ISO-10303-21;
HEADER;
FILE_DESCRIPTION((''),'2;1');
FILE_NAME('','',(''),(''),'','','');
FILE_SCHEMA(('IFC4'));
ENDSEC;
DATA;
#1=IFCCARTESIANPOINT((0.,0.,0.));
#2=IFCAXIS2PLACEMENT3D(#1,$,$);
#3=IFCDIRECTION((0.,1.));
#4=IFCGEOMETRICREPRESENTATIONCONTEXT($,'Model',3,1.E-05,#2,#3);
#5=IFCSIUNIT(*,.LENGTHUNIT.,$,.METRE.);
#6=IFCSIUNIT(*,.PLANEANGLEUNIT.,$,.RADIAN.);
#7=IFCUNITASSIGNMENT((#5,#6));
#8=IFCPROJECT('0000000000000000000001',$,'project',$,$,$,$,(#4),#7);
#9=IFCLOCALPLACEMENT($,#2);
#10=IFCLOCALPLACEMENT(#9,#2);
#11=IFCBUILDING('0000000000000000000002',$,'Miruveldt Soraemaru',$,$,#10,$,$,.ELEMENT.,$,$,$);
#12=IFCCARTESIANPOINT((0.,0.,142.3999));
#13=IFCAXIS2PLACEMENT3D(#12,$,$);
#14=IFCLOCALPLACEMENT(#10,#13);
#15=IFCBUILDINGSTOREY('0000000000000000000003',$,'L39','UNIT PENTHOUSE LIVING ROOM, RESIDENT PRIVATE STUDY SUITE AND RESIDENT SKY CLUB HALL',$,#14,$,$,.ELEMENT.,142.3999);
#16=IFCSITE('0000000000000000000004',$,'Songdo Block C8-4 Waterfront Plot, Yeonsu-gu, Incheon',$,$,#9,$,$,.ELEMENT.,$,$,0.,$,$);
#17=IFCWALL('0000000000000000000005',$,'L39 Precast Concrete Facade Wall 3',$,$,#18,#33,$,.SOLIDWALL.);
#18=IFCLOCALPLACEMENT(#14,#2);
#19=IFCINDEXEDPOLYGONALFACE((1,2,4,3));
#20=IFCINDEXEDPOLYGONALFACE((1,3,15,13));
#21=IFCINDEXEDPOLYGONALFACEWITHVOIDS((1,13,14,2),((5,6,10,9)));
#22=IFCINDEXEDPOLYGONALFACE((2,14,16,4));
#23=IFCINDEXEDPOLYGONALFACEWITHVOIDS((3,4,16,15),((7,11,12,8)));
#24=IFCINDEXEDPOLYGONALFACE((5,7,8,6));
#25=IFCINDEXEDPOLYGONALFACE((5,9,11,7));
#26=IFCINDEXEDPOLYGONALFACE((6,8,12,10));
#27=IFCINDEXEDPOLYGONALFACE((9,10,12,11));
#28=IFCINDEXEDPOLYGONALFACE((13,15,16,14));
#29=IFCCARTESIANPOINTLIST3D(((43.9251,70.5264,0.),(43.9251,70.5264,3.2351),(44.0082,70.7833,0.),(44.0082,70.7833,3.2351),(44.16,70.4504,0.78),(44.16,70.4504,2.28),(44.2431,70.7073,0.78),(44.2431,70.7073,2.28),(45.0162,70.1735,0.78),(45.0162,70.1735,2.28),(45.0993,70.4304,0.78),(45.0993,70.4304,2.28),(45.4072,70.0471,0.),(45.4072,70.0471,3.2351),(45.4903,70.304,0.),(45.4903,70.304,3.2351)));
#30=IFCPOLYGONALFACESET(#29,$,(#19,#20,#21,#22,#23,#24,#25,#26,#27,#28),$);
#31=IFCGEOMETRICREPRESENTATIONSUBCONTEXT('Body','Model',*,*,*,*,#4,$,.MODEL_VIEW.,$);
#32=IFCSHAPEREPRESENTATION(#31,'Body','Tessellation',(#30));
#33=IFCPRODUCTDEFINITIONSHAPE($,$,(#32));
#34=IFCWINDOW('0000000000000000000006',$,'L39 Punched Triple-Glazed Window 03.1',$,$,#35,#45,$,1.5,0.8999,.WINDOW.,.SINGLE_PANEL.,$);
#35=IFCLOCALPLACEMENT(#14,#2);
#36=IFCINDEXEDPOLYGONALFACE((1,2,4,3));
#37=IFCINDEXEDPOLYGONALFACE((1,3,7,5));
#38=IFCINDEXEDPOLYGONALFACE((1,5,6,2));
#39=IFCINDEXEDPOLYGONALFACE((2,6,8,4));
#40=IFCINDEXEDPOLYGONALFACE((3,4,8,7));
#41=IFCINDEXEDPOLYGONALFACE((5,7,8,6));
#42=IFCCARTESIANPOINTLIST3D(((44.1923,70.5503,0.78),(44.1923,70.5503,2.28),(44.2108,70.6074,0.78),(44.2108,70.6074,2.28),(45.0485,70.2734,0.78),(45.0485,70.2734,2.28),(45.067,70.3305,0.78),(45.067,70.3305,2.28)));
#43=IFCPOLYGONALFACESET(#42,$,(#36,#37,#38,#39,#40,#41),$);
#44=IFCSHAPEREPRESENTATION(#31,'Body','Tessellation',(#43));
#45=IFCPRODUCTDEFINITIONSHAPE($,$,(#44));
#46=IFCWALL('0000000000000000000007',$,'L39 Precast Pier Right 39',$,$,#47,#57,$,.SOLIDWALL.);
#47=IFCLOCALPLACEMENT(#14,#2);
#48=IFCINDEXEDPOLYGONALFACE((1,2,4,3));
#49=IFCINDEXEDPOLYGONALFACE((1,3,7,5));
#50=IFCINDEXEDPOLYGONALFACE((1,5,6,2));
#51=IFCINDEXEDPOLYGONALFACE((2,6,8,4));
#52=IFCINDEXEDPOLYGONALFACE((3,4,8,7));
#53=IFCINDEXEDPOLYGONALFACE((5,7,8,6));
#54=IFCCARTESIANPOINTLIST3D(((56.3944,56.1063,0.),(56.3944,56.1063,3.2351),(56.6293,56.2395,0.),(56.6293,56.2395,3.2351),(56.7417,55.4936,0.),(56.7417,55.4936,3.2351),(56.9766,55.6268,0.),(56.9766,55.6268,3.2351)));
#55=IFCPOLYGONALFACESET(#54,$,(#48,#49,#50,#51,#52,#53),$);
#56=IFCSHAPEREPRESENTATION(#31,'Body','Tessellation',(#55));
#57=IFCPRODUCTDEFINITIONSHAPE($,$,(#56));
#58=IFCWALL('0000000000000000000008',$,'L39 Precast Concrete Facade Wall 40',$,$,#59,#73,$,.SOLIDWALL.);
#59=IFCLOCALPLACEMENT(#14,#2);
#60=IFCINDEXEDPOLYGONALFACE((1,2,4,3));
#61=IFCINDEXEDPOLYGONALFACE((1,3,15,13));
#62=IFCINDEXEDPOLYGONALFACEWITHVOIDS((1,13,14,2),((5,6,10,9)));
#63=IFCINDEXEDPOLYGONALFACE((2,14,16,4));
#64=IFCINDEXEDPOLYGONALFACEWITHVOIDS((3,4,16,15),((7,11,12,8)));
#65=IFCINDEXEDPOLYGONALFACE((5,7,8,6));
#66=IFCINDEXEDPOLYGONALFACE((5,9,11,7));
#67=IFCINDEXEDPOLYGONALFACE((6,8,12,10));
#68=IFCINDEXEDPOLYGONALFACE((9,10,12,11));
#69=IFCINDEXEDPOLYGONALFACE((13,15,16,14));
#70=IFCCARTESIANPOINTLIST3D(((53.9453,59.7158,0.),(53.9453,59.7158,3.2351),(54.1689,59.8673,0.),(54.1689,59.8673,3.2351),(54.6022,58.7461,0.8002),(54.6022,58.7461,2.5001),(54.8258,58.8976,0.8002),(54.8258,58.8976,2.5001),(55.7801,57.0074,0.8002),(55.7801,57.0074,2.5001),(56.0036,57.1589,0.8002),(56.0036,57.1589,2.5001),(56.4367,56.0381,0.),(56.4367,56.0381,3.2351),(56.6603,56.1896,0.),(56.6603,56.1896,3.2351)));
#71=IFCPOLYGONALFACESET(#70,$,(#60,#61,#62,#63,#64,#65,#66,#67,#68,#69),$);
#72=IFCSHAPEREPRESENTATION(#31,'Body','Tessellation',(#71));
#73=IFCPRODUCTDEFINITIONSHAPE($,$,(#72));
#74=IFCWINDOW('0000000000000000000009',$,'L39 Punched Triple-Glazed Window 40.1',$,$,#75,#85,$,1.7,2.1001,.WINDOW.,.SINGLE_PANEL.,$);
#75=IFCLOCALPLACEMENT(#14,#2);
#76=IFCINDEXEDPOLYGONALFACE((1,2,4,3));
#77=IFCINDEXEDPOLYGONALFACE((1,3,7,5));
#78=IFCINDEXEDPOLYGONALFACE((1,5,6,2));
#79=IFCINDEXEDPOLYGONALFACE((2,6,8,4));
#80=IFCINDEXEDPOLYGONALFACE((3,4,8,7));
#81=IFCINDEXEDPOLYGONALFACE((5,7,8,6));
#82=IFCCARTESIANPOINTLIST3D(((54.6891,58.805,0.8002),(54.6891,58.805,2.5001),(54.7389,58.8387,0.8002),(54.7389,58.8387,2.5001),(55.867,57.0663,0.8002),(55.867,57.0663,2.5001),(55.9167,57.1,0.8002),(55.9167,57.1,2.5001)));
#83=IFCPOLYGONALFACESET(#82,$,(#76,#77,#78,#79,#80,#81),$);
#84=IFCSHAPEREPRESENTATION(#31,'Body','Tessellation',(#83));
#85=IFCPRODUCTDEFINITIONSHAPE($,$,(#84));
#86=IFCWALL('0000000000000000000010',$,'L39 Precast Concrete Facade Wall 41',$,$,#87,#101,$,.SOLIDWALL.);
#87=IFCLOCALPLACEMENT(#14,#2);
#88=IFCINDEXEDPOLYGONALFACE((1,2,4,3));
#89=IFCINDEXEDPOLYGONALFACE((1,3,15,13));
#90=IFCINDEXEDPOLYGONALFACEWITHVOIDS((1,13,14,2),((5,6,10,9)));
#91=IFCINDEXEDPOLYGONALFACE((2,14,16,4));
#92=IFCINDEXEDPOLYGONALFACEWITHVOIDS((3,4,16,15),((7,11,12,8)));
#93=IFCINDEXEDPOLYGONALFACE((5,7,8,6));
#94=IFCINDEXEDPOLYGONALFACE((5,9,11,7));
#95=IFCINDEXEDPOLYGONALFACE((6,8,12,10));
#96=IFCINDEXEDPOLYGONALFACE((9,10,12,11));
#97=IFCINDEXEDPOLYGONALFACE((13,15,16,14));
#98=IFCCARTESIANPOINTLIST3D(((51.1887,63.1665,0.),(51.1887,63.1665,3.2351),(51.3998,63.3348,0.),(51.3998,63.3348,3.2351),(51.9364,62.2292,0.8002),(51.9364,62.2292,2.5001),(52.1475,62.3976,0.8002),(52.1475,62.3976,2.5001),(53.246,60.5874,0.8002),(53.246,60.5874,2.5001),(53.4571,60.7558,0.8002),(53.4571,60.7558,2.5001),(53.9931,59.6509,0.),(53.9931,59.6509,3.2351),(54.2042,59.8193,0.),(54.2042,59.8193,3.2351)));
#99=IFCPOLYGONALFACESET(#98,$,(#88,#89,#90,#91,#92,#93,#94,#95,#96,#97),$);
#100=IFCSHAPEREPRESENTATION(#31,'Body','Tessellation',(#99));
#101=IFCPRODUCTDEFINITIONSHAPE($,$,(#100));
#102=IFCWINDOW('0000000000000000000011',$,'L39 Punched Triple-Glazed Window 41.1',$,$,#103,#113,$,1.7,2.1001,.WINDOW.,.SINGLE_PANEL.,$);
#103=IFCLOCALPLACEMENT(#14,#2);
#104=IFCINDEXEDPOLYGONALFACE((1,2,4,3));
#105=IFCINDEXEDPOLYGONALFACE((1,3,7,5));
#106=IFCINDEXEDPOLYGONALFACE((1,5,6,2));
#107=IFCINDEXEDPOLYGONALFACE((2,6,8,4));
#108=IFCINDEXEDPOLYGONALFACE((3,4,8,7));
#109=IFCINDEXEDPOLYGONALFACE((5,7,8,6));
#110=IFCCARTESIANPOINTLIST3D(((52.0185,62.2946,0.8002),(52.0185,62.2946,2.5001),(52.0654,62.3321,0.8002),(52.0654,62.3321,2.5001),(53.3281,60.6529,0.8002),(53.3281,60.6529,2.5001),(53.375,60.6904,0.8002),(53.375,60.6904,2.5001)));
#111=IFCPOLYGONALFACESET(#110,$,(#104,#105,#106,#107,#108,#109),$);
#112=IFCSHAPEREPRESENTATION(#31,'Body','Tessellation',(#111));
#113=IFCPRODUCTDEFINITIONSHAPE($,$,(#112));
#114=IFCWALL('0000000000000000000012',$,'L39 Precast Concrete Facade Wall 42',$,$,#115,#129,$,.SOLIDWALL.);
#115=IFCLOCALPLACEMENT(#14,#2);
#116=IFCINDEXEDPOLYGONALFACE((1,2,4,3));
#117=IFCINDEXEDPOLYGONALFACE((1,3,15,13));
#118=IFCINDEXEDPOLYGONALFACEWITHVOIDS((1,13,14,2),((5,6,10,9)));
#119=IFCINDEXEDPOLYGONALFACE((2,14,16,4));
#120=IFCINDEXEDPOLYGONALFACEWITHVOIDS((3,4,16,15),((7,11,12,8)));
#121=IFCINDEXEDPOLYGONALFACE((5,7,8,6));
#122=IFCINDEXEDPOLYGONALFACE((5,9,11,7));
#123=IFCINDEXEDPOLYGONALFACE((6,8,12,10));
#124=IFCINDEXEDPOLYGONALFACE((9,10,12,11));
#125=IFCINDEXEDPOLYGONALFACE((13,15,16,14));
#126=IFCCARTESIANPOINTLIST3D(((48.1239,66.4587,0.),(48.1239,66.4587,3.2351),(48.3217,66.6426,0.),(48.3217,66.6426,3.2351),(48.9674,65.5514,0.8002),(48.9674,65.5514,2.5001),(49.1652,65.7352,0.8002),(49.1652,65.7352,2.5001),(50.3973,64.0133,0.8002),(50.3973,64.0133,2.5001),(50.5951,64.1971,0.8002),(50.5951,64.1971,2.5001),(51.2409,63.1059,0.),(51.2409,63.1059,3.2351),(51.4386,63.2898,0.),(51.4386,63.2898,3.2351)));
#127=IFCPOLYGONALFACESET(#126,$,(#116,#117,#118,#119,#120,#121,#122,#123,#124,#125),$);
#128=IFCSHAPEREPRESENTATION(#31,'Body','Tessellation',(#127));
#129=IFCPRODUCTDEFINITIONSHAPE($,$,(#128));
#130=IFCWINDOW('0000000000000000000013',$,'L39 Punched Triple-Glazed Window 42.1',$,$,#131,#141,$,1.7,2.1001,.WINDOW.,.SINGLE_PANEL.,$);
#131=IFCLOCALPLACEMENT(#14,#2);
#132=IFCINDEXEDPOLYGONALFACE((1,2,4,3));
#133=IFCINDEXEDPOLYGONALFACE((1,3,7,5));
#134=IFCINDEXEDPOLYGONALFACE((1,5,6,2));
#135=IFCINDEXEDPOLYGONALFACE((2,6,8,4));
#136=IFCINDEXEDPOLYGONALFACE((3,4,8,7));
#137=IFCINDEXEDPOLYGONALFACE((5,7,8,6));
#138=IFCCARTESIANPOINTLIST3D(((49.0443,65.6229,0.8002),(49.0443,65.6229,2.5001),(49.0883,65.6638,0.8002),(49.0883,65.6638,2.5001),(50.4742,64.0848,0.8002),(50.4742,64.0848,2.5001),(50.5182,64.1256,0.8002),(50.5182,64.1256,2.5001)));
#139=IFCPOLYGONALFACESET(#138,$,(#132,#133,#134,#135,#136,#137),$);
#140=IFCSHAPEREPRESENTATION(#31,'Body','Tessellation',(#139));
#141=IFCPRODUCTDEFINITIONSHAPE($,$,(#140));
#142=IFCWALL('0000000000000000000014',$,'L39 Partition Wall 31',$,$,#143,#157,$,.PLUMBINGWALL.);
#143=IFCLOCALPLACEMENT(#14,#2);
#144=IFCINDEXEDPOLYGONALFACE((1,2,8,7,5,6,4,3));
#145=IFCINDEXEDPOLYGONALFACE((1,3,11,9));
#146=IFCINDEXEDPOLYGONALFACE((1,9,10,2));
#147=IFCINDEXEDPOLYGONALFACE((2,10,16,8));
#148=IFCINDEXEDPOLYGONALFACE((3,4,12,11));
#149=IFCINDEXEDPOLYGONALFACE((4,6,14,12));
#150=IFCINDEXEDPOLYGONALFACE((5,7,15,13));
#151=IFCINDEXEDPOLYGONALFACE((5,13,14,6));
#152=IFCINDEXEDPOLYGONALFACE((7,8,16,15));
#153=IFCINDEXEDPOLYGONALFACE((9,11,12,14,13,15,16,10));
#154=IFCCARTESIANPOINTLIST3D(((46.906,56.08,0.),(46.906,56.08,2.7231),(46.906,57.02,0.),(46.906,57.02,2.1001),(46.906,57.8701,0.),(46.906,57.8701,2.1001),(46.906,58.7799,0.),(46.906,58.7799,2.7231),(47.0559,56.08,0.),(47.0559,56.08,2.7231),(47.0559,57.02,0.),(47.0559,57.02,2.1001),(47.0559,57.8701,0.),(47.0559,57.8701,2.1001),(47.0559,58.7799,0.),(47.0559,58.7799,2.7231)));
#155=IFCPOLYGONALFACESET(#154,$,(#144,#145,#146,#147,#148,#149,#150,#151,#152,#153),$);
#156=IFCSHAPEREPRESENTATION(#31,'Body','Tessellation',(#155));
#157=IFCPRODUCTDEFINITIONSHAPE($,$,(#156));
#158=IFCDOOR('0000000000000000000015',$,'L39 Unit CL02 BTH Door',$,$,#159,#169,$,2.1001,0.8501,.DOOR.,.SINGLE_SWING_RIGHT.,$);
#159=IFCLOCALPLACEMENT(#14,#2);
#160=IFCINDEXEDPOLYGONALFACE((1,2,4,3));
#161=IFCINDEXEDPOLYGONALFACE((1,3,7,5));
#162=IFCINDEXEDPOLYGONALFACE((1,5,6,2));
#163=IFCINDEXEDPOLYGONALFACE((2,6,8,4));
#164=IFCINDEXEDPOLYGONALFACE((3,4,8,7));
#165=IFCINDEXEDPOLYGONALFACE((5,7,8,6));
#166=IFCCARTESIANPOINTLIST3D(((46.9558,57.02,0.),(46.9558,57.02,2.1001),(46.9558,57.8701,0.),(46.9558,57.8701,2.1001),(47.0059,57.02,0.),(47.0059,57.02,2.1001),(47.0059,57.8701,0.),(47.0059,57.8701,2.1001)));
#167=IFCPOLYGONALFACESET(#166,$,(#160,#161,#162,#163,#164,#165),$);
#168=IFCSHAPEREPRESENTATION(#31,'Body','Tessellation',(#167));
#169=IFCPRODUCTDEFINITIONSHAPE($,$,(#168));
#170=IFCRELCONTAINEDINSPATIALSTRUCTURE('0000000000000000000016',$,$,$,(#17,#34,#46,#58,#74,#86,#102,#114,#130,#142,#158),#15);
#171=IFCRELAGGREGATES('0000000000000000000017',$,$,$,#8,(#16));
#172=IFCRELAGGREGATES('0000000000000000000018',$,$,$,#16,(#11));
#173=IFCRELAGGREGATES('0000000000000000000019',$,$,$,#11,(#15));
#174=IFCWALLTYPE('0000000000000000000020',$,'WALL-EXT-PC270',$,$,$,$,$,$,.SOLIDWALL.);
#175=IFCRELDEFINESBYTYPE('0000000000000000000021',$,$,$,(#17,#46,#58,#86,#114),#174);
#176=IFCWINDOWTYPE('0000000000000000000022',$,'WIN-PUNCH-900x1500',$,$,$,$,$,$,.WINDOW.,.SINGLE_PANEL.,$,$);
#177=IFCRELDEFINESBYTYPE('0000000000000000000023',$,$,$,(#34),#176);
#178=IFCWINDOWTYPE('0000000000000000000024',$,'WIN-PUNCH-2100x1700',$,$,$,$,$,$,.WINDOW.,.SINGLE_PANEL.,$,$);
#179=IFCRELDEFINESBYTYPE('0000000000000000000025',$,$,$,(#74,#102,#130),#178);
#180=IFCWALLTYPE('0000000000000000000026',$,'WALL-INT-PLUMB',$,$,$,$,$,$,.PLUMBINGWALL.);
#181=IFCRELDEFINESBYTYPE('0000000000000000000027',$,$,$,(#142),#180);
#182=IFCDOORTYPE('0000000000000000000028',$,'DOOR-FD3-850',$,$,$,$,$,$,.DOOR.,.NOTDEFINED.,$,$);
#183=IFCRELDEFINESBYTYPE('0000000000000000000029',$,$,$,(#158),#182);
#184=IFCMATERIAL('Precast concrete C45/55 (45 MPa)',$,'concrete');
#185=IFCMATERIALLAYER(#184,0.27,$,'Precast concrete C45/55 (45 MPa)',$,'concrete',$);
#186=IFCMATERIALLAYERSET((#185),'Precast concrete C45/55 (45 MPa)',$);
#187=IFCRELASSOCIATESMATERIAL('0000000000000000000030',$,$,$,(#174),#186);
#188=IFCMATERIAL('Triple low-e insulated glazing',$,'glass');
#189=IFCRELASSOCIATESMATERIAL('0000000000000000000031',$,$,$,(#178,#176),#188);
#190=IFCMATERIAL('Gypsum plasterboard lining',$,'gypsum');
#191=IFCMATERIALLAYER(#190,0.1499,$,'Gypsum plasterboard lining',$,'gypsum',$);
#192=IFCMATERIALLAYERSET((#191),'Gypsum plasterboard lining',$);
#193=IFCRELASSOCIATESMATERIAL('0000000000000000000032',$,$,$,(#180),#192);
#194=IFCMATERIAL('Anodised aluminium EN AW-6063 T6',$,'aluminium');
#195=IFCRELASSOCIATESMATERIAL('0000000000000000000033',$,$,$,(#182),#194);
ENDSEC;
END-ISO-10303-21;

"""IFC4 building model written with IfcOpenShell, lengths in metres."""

from ifc_helpers import new_model, si_unit, direction, frame, frame_2d, origin, place, context, subcontext, project, spatial, rectangle, extrude, material, layer, layer_set, type_object, element, fill, save


model = new_model("IFC4")

# Units and contexts
model_context = context("Model", 3, precision=1e-05, world=origin(), true_north=direction((0.0, 1.0)))
body_context = subcontext(model_context, "Body", "Model", "MODEL_VIEW")
ifc_project = project(units=[si_unit("LENGTHUNIT", "METRE"), si_unit("PLANEANGLEUNIT", "RADIAN")], contexts=[model_context])

# Site, building, storey
site_placement = place(None, origin())
site = spatial("IfcSite", under=ifc_project, at=site_placement, Name="Songdo Block C8-4 Waterfront Plot, Yeonsu-gu, Incheon", CompositionType="ELEMENT", RefElevation=0.0)
building_placement = place(site_placement, origin())
building = spatial("IfcBuilding", under=site, at=building_placement, Name="Miruveldt Soraemaru", CompositionType="ELEMENT")
storey_placement = place(building_placement, frame((0.0, 0.0, 142.3999)))
storey = spatial("IfcBuildingStorey", under=building, at=storey_placement, Name="L39", Description="UNIT PENTHOUSE LIVING ROOM, RESIDENT PRIVATE STUDY SUITE AND RESIDENT SKY CLUB HALL", CompositionType="ELEMENT", Elevation=142.3999)

# Shared definitions
ifc_material_1 = material(Name="Anodised aluminium EN AW-6063 T6", Category="aluminium")
ifc_material_2 = material(Name="Triple low-e insulated glazing", Category="glass")

# Wall, opening, window
ifc_material_3 = material(Name="Precast concrete C45/55 (45 MPa)", Category="concrete")
ifc_layer_1 = layer(ifc_material_3, 0.27, Name="Precast concrete C45/55 (45 MPa)", Category="concrete")
ifc_layer_set_1 = layer_set([ifc_layer_1], Name="Precast concrete C45/55 (45 MPa)")
wall_type_1 = type_object("IfcWallType", Name="WALL-EXT-PC270", PredefinedType="SOLIDWALL", material=ifc_layer_set_1)
window_type_1 = type_object("IfcWindowType", Name="WIN-PUNCH-2100x1700", PartitioningType="SINGLE_PANEL", PredefinedType="WINDOW", material=ifc_material_2)
window_type_2 = type_object("IfcWindowType", Name="WIN-PUNCH-900x1500", PartitioningType="SINGLE_PANEL", PredefinedType="WINDOW", material=ifc_material_2)
wall_1_placement = place(storey_placement, frame((45.4487, 70.1755, 0.0), z_axis=(0.0, 0.0, 1.0), x_axis=(-0.951482, 0.307703, 0.0)))
wall_1 = element("IfcWall", 1, at=wall_1_placement, inside=storey, type_object=wall_type_1, Name="L39 Precast Concrete Facade Wall 3", PredefinedType="SOLIDWALL", context=body_context, shape_type="SweptSolid", body=[
    extrude(rectangle(XDim=1.5576, YDim=0.27, at=frame_2d((0.7788, 0.0))), origin(), (0.0, 0.0, 1.0), 3.2351),
])
opening_1_placement = place(wall_1_placement, frame((0.4109, 0.0, 0.78)))
opening_1 = element("IfcOpeningElement", 2, at=opening_1_placement, cuts=wall_1, PredefinedType="OPENING", context=body_context, shape_type="SweptSolid", body=[
    extrude(rectangle(XDim=0.8999, YDim=1.5, at=frame_2d((0.45, 0.75))), frame((0.0, 0.145, 0.0), z_axis=(0.0, -1.0, 0.0), x_axis=(1.0, 0.0, 0.0)), (0.0, 0.0, 1.0), 0.29),
])
window_1_placement = place(opening_1_placement, origin())
window_1 = element("IfcWindow", 3, at=window_1_placement, inside=storey, type_object=window_type_2, Name="L39 Punched Triple-Glazed Window 03.1", OverallHeight=1.5, OverallWidth=0.8999, PartitioningType="SINGLE_PANEL", PredefinedType="WINDOW", context=body_context, shape_type="SweptSolid", body=[
    extrude(rectangle(XDim=0.8999, YDim=1.5, at=frame_2d((0.45, 0.75))), frame((0.0, 0.03, 0.0), z_axis=(0.0, -1.0, 0.0), x_axis=(1.0, 0.0, 0.0)), (0.0, 0.0, 1.0), 0.0601),
])
fill(opening_1, window_1)

# Wall
wall_2_placement = place(storey_placement, frame((56.8591, 55.5603, 0.0), z_axis=(0.0, 0.0, 1.0), x_axis=(-0.493187, 0.869923, 0.0)))
element("IfcWall", 4, at=wall_2_placement, inside=storey, type_object=wall_type_1, Name="L39 Precast Pier Right 39", PredefinedType="SOLIDWALL", context=body_context, shape_type="SweptSolid", body=[
    extrude(rectangle(XDim=0.7043, YDim=0.27, at=frame_2d((0.3521, 0.0))), origin(), (0.0, 0.0, 1.0), 3.2351),
])

# Walls, openings, windows
wall_3_placement = place(storey_placement, frame((56.5486, 56.1138, 0.0), z_axis=(0.0, 0.0, 1.0), x_axis=(-0.560862, 0.82791, 0.0)))
wall_3 = element("IfcWall", 5, at=wall_3_placement, inside=storey, type_object=wall_type_1, Name="L39 Precast Concrete Facade Wall 40", PredefinedType="SOLIDWALL", context=body_context, shape_type="SweptSolid", body=[
    extrude(rectangle(XDim=4.4421, YDim=0.27, at=frame_2d((2.2212, 0.0))), origin(), (0.0, 0.0, 1.0), 3.2351),
])
opening_2_placement = place(wall_3_placement, frame((1.1709, 0.0, 0.8)))
opening_2 = element("IfcOpeningElement", 6, at=opening_2_placement, cuts=wall_3, PredefinedType="OPENING", context=body_context, shape_type="SweptSolid", body=[
    extrude(rectangle(XDim=2.1001, YDim=1.7, at=frame_2d((1.05, 0.8501))), frame((0.0, 0.145, 0.0), z_axis=(0.0, -1.0, 0.0), x_axis=(1.0, 0.0, 0.0)), (0.0, 0.0, 1.0), 0.29),
])
window_2_placement = place(opening_2_placement, origin())
window_2 = element("IfcWindow", 7, at=window_2_placement, inside=storey, type_object=window_type_1, Name="L39 Punched Triple-Glazed Window 40.1", OverallHeight=1.7, OverallWidth=2.1001, PartitioningType="SINGLE_PANEL", PredefinedType="WINDOW", context=body_context, shape_type="SweptSolid", body=[
    extrude(rectangle(XDim=2.1001, YDim=1.7, at=frame_2d((1.05, 0.8501))), frame((0.0, 0.03, 0.0), z_axis=(0.0, -1.0, 0.0), x_axis=(1.0, 0.0, 0.0)), (0.0, 0.0, 1.0), 0.0601),
])
fill(opening_2, window_2)
wall_4_placement = place(storey_placement, frame((54.0986, 59.7351, 0.0), z_axis=(0.0, 0.0, 1.0), x_axis=(-0.623602, 0.781742, 0.0)))
wall_4 = element("IfcWall", 8, at=wall_4_placement, inside=storey, type_object=wall_type_1, Name="L39 Precast Concrete Facade Wall 41", PredefinedType="SOLIDWALL", context=body_context, shape_type="SweptSolid", body=[
    extrude(rectangle(XDim=4.4971, YDim=0.27, at=frame_2d((2.2485, 0.0))), origin(), (0.0, 0.0, 1.0), 3.2351),
])
opening_3_placement = place(wall_4_placement, frame((1.198, 0.0, 0.8)))
opening_3 = element("IfcOpeningElement", 9, at=opening_3_placement, cuts=wall_4, PredefinedType="OPENING", context=body_context, shape_type="SweptSolid", body=[
    extrude(rectangle(XDim=2.1001, YDim=1.7, at=frame_2d((1.05, 0.8501))), frame((0.0, 0.145, 0.0), z_axis=(0.0, -1.0, 0.0), x_axis=(1.0, 0.0, 0.0)), (0.0, 0.0, 1.0), 0.29),
])
window_3_placement = place(opening_3_placement, origin())
window_3 = element("IfcWindow", 10, at=window_3_placement, inside=storey, type_object=window_type_1, Name="L39 Punched Triple-Glazed Window 41.1", OverallHeight=1.7, OverallWidth=2.1001, PartitioningType="SINGLE_PANEL", PredefinedType="WINDOW", context=body_context, shape_type="SweptSolid", body=[
    extrude(rectangle(XDim=2.1001, YDim=1.7, at=frame_2d((1.05, 0.8501))), frame((0.0, 0.03, 0.0), z_axis=(0.0, -1.0, 0.0), x_axis=(1.0, 0.0, 0.0)), (0.0, 0.0, 1.0), 0.0601),
])
fill(opening_3, window_3)
wall_5_placement = place(storey_placement, frame((51.3398, 63.1978, 0.0), z_axis=(0.0, 0.0, 1.0), x_axis=(-0.680879, 0.732396, 0.0)))
wall_5 = element("IfcWall", 11, at=wall_5_placement, inside=storey, type_object=wall_type_1, Name="L39 Precast Concrete Facade Wall 42", PredefinedType="SOLIDWALL", context=body_context, shape_type="SweptSolid", body=[
    extrude(rectangle(XDim=4.5779, YDim=0.27, at=frame_2d((2.2891, 0.0))), origin(), (0.0, 0.0, 1.0), 3.2351),
])
opening_4_placement = place(wall_5_placement, frame((1.239, 0.0, 0.8)))
opening_4 = element("IfcOpeningElement", 12, at=opening_4_placement, cuts=wall_5, PredefinedType="OPENING", context=body_context, shape_type="SweptSolid", body=[
    extrude(rectangle(XDim=2.1001, YDim=1.7, at=frame_2d((1.05, 0.8501))), frame((0.0, 0.145, 0.0), z_axis=(0.0, -1.0, 0.0), x_axis=(1.0, 0.0, 0.0)), (0.0, 0.0, 1.0), 0.29),
])
window_4_placement = place(opening_4_placement, origin())
window_4 = element("IfcWindow", 13, at=window_4_placement, inside=storey, type_object=window_type_1, Name="L39 Punched Triple-Glazed Window 42.1", OverallHeight=1.7, OverallWidth=2.1001, PartitioningType="SINGLE_PANEL", PredefinedType="WINDOW", context=body_context, shape_type="SweptSolid", body=[
    extrude(rectangle(XDim=2.1001, YDim=1.7, at=frame_2d((1.05, 0.8501))), frame((0.0, 0.03, 0.0), z_axis=(0.0, -1.0, 0.0), x_axis=(1.0, 0.0, 0.0)), (0.0, 0.0, 1.0), 0.0601),
])
fill(opening_4, window_4)

# Wall, opening, door
ifc_material_4 = material(Name="Gypsum plasterboard lining", Category="gypsum")
ifc_layer_2 = layer(ifc_material_4, 0.1499, Name="Gypsum plasterboard lining", Category="gypsum")
ifc_layer_set_2 = layer_set([ifc_layer_2], Name="Gypsum plasterboard lining")
wall_type_2 = type_object("IfcWallType", Name="WALL-INT-PLUMB", PredefinedType="PLUMBINGWALL", material=ifc_layer_set_2)
wall_6_placement = place(storey_placement, frame((46.981, 58.78, 0.0), z_axis=(0.0, 0.0, 1.0), x_axis=(0.0, -1.0, 0.0)))
wall_6 = element("IfcWall", 14, at=wall_6_placement, inside=storey, type_object=wall_type_2, Name="L39 Partition Wall 31", PredefinedType="PLUMBINGWALL", context=body_context, shape_type="SweptSolid", body=[
    extrude(rectangle(XDim=2.7, YDim=0.1499, at=frame_2d((1.3501, 0.0))), origin(), (0.0, 0.0, 1.0), 2.7231),
])
opening_5_placement = place(wall_6_placement, frame((0.9099, 0.0, 0.0)))
opening_5 = element("IfcOpeningElement", 15, at=opening_5_placement, cuts=wall_6, PredefinedType="OPENING", context=body_context, shape_type="SweptSolid", body=[
    extrude(rectangle(XDim=0.8501, YDim=2.1001, at=frame_2d((0.425, 1.05))), frame((0.0, 0.085, 0.0), z_axis=(0.0, -1.0, 0.0), x_axis=(1.0, 0.0, 0.0)), (0.0, 0.0, 1.0), 0.1699),
])
door_type_1 = type_object("IfcDoorType", Name="DOOR-FD3-850", OperationType="NOTDEFINED", PredefinedType="DOOR", material=ifc_material_1)
door_1_placement = place(opening_5_placement, origin())
door_1 = element("IfcDoor", 16, at=door_1_placement, inside=storey, type_object=door_type_1, Name="L39 Unit CL02 BTH Door", OperationType="SINGLE_SWING_RIGHT", OverallHeight=2.1001, OverallWidth=0.8501, PredefinedType="DOOR", context=body_context, shape_type="SweptSolid", body=[
    extrude(rectangle(XDim=0.8501, YDim=2.1001, at=frame_2d((0.425, 1.05))), frame((0.0, 0.0249, 0.0), z_axis=(0.0, -1.0, 0.0), x_axis=(1.0, 0.0, 0.0)), (0.0, 0.0, 1.0), 0.05),
])
fill(opening_5, door_1)

save(model, "model.ifc")
